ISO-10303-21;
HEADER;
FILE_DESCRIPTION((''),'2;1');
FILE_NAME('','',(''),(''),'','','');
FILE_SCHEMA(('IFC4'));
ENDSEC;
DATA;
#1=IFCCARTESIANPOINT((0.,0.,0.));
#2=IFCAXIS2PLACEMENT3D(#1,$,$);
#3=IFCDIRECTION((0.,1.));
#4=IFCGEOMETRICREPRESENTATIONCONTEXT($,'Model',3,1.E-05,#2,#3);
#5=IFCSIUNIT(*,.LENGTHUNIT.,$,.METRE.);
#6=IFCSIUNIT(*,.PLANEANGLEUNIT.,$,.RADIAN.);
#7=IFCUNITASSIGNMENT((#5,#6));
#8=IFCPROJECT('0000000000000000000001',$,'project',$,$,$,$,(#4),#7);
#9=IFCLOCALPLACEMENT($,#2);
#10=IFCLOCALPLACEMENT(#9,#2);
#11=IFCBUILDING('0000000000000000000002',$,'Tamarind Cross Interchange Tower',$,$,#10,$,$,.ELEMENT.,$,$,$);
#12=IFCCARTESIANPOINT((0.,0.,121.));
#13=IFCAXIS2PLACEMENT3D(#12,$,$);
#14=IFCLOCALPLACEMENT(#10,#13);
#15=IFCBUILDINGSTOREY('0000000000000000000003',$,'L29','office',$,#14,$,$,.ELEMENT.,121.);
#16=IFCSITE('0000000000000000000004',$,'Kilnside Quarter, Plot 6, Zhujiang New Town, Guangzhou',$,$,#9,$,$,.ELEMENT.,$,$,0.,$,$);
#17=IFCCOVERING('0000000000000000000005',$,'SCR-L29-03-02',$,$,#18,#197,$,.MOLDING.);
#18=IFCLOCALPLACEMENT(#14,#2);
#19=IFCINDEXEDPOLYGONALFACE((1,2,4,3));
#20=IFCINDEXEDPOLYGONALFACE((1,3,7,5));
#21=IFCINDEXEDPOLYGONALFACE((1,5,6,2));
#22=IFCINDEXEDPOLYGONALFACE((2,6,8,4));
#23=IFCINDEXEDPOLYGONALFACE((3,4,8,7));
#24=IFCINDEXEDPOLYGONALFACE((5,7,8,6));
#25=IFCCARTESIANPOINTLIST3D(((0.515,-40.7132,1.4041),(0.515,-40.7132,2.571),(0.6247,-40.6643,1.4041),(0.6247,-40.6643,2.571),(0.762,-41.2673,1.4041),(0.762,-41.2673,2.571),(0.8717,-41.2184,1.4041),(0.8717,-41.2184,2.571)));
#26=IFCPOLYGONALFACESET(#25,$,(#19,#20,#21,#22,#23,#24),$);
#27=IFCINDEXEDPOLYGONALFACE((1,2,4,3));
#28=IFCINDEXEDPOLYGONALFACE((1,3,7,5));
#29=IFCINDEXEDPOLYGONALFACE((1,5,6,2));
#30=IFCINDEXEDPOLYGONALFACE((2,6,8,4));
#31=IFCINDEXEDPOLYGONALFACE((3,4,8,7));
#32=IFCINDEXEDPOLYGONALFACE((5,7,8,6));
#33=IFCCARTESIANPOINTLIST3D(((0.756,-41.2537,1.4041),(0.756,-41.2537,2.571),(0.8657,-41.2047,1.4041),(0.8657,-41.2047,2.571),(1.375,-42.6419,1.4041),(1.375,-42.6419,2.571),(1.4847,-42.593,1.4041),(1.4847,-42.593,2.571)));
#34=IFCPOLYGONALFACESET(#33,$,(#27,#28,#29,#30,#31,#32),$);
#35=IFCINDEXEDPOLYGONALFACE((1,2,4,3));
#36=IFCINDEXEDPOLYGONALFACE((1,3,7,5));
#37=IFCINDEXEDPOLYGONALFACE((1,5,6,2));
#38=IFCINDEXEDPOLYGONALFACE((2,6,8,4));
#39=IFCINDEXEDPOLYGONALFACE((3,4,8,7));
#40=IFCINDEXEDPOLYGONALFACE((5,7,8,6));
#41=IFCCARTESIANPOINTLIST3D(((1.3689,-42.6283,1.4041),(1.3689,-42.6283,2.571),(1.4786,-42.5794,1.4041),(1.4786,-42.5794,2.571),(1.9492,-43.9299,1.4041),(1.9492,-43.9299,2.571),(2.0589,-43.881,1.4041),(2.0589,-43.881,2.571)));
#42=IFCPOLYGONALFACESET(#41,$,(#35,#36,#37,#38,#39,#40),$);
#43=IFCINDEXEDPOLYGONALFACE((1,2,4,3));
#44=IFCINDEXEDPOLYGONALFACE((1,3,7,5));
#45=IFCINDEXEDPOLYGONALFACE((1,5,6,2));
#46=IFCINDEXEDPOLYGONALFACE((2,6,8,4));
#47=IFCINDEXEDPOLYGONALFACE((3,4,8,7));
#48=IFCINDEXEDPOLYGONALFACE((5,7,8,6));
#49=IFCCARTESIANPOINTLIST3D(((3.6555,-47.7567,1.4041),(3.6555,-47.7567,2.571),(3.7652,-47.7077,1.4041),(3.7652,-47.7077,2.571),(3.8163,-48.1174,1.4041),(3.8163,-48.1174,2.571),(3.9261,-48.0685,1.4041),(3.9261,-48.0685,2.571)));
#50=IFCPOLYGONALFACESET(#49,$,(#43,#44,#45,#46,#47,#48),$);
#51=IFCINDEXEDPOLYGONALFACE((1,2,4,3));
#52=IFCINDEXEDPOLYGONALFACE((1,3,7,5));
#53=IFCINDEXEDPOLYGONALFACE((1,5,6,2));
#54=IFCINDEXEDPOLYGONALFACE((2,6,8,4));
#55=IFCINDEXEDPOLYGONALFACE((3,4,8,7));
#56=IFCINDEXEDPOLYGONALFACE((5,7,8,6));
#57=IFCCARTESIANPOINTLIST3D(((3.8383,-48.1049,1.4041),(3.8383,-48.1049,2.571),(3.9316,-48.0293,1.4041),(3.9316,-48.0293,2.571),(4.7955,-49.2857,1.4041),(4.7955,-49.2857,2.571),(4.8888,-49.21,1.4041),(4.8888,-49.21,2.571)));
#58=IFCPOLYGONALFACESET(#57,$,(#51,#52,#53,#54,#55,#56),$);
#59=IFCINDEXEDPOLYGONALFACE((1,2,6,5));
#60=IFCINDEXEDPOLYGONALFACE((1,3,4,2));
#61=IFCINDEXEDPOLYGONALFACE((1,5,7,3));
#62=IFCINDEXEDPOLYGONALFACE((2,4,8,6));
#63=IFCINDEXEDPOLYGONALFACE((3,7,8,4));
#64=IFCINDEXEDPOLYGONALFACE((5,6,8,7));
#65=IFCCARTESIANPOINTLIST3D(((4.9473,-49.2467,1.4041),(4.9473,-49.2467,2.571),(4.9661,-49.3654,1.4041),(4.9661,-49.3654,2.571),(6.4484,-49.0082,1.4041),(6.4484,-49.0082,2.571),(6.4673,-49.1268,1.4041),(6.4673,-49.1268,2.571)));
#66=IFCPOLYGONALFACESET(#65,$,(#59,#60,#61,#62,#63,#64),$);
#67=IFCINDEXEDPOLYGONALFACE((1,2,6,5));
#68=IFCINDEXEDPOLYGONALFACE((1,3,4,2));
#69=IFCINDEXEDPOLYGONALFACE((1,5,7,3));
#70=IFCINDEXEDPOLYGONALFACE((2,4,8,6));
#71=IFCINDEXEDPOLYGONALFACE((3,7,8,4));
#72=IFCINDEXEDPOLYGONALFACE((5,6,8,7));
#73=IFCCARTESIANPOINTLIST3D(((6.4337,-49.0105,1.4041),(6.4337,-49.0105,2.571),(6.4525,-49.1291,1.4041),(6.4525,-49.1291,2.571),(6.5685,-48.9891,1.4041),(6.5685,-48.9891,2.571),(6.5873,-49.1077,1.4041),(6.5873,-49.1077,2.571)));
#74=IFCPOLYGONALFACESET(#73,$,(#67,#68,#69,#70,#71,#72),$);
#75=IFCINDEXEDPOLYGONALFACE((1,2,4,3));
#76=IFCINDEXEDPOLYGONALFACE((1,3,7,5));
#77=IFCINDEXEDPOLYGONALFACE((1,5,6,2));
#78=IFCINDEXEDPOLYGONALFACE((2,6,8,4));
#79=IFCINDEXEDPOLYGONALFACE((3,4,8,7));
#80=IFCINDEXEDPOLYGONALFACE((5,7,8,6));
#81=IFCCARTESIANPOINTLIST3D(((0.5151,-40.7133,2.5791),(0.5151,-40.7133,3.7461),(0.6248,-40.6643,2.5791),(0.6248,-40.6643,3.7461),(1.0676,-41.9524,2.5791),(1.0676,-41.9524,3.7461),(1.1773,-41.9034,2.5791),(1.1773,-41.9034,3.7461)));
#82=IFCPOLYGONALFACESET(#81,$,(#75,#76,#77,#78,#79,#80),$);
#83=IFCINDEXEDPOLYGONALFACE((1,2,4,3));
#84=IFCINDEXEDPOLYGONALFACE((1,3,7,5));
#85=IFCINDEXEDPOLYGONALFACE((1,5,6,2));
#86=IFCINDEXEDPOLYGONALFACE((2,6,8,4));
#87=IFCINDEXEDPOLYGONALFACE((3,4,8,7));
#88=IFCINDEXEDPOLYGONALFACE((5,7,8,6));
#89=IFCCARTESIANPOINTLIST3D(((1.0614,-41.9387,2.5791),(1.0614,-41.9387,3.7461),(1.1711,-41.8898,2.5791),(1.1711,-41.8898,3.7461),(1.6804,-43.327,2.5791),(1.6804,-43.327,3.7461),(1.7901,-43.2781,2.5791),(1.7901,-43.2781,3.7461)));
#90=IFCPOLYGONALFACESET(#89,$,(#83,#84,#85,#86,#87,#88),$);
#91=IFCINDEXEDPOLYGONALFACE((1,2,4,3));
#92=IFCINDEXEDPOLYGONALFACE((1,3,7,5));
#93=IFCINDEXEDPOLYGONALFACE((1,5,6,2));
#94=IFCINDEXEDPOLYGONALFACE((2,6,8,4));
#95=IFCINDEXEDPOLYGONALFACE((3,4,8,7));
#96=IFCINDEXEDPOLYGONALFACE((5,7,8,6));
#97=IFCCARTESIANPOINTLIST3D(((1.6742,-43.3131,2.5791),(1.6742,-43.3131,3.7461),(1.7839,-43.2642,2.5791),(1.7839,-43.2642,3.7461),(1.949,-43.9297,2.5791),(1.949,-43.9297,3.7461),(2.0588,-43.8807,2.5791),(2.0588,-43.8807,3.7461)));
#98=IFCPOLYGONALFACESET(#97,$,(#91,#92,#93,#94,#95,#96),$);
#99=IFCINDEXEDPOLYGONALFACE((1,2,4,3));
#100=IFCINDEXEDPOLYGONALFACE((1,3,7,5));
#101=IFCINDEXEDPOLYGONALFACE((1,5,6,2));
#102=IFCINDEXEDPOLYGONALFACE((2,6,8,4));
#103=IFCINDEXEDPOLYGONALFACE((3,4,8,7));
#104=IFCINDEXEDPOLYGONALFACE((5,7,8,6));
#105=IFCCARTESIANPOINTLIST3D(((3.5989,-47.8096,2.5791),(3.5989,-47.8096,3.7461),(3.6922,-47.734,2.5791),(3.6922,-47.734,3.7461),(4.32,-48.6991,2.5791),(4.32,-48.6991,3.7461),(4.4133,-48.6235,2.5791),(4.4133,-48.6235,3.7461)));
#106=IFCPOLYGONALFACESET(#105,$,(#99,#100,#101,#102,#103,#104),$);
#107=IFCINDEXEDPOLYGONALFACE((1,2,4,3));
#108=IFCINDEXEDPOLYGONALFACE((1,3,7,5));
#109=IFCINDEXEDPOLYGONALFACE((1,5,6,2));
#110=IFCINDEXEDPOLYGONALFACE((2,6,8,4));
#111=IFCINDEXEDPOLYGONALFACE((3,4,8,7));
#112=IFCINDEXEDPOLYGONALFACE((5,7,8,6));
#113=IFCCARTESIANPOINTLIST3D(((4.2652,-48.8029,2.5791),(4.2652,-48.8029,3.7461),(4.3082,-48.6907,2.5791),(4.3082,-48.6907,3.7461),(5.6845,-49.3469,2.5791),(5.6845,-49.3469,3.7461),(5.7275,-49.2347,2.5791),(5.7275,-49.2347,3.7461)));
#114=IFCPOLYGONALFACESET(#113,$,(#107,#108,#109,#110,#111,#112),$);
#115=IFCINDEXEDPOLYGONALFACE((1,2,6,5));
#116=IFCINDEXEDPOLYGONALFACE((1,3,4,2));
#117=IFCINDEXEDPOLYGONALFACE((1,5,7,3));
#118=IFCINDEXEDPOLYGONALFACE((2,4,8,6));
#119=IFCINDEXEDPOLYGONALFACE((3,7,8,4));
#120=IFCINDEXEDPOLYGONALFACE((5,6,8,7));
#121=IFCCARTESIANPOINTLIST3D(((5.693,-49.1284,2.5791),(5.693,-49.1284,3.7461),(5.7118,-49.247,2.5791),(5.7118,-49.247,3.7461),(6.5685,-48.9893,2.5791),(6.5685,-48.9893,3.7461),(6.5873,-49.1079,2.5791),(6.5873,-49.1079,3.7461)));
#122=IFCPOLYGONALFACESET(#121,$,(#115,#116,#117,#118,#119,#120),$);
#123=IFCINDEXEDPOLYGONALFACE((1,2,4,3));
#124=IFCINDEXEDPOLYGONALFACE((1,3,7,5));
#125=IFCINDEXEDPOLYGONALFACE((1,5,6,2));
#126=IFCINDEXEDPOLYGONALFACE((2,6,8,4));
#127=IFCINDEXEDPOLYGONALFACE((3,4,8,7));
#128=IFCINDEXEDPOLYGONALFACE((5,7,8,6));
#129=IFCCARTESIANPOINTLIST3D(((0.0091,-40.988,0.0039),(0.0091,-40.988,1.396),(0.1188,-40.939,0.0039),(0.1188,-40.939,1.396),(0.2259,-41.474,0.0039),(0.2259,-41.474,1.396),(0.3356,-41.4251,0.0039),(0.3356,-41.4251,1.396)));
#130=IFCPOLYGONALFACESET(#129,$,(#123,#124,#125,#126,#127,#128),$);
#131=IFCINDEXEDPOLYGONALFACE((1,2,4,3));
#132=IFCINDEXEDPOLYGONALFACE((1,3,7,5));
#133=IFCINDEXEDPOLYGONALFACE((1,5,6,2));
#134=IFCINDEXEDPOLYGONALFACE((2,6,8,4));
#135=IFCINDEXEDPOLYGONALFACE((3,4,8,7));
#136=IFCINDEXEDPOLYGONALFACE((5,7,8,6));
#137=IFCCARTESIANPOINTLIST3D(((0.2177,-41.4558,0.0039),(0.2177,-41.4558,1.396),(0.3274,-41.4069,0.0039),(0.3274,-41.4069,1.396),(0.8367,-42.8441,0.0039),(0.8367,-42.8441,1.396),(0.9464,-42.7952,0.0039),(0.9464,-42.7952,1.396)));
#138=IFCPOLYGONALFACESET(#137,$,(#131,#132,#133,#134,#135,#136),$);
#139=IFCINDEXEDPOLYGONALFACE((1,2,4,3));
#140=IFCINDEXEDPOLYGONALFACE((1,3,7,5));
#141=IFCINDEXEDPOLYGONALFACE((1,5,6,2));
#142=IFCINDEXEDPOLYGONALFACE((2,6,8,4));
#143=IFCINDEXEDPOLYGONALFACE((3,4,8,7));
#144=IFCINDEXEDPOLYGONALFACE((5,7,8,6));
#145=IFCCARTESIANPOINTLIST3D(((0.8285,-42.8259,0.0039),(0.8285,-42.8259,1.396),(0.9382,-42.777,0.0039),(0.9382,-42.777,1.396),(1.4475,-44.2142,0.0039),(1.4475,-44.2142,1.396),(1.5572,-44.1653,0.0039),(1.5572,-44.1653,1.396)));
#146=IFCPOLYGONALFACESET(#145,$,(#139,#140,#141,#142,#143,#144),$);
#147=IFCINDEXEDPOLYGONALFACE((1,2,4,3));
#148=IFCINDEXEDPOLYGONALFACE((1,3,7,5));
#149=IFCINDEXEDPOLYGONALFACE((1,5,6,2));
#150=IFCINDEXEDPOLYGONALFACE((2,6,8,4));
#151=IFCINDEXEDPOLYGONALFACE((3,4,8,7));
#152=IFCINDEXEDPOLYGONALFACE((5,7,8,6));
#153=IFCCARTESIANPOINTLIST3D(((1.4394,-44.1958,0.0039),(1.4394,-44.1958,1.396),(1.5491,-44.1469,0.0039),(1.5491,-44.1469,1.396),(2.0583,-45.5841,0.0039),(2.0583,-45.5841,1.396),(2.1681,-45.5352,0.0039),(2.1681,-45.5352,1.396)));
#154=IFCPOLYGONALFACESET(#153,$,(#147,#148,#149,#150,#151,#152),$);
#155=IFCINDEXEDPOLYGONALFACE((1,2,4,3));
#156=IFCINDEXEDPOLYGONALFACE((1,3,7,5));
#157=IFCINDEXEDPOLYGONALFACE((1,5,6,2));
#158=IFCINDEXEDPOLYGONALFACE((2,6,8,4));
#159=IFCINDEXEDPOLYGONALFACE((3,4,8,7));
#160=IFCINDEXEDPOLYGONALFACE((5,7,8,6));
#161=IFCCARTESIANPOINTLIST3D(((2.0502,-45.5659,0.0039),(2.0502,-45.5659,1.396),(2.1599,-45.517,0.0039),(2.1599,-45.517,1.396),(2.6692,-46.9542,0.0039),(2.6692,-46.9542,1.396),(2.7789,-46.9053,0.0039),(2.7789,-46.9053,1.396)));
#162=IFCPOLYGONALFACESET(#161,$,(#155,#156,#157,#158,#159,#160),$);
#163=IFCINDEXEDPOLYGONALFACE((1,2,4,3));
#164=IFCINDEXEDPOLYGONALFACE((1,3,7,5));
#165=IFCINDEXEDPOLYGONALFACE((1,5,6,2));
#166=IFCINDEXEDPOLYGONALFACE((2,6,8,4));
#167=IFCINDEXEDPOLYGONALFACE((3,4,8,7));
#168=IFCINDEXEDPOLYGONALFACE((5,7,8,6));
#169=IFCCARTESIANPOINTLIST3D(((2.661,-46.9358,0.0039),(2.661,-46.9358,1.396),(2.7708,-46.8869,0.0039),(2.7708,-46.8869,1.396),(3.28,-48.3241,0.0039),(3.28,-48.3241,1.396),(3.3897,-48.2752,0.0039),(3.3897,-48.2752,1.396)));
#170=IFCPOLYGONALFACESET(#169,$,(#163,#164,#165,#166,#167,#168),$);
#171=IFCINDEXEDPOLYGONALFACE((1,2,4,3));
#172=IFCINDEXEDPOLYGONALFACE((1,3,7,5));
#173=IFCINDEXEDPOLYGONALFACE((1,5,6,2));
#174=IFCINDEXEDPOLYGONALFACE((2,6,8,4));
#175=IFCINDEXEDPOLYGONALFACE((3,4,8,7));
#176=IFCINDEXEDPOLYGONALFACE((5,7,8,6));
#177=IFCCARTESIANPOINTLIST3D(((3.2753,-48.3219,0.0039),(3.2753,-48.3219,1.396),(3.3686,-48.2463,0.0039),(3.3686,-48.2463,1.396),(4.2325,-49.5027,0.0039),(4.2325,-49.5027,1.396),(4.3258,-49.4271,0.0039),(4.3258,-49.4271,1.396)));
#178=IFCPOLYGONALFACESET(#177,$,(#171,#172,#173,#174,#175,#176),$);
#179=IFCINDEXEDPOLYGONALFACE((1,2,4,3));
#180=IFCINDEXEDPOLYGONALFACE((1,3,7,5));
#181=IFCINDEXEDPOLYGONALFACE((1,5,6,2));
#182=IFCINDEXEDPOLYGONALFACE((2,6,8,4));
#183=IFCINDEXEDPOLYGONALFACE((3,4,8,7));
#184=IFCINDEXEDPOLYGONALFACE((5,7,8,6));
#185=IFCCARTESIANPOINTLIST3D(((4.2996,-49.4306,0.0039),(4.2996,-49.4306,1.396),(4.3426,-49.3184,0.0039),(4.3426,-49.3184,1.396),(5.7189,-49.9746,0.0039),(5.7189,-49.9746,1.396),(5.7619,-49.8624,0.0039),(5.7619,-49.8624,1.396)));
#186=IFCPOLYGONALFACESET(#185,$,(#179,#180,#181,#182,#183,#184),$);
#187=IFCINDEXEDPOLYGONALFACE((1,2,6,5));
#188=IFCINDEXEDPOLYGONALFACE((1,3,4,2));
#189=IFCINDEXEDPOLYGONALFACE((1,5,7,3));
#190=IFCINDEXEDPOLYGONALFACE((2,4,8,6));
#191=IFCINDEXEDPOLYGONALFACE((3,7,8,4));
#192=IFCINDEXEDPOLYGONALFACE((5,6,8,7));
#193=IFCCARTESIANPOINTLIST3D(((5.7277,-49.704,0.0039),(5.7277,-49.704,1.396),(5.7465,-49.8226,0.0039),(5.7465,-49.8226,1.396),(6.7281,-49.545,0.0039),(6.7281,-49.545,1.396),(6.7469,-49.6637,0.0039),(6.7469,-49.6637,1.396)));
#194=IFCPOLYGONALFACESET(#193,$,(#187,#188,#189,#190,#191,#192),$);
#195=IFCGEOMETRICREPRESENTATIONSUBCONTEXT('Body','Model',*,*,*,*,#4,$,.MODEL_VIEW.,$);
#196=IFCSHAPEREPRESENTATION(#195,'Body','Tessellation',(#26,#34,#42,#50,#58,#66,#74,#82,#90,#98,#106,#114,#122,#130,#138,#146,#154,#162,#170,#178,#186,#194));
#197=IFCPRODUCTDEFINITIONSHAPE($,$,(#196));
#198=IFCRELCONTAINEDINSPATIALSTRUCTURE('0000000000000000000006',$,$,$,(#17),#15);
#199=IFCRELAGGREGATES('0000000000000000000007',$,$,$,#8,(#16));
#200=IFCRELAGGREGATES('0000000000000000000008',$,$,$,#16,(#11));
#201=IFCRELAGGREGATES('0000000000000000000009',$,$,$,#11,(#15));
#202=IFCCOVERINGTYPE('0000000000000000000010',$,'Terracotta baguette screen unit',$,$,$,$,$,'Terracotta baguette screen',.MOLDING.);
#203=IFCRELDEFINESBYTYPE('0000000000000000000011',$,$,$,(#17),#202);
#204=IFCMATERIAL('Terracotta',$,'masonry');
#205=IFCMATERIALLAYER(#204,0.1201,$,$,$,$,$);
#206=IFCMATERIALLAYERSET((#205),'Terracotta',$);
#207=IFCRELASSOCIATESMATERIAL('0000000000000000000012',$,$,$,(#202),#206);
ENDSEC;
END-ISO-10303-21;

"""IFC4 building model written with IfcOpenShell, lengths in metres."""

from ifc_helpers import new_model, si_unit, direction, frame, origin, origin_2d, place, context, subcontext, project, spatial, rectangle, extrude, material, layer, layer_set, type_object, element, save


model = new_model("IFC4")

# Units and contexts
model_context = context("Model", 3, precision=1e-05, world=origin(), true_north=direction((0.0, 1.0)))
body_context = subcontext(model_context, "Body", "Model", "MODEL_VIEW")
ifc_project = project(units=[si_unit("LENGTHUNIT", "METRE"), si_unit("PLANEANGLEUNIT", "RADIAN")], contexts=[model_context])

# Site, building, storey
site_placement = place(None, origin())
site = spatial("IfcSite", under=ifc_project, at=site_placement, Name="Kilnside Quarter, Plot 6, Zhujiang New Town, Guangzhou", CompositionType="ELEMENT", RefElevation=0.0)
building_placement = place(site_placement, origin())
building = spatial("IfcBuilding", under=site, at=building_placement, Name="Tamarind Cross Interchange Tower", CompositionType="ELEMENT")
storey_placement = place(building_placement, frame((0.0, 0.0, 121.0)))
storey = spatial("IfcBuildingStorey", under=building, at=storey_placement, Name="L29", Description="office", CompositionType="ELEMENT", Elevation=121.0)

# Covering
ifc_material_1 = material(Name="Terracotta", Category="masonry")
ifc_layer_1 = layer(ifc_material_1, 0.1201)
ifc_layer_set_1 = layer_set([ifc_layer_1], Name="Terracotta")
covering_type = type_object("IfcCoveringType", Name="Terracotta baguette screen unit", ElementType="Terracotta baguette screen", PredefinedType="MOLDING", material=ifc_layer_set_1)
covering_1_placement = place(storey_placement, origin())
element("IfcCovering", 1, at=covering_1_placement, inside=storey, type_object=covering_type, Name="SCR-L29-03-02", PredefinedType="MOLDING", context=body_context, shape_type="SweptSolid", body=[
    extrude(rectangle(XDim=0.6067, YDim=0.1201, at=origin_2d()), frame((0.6934, -40.9658, 1.4041), z_axis=(0.0, 0.0, 1.0), x_axis=(0.407221, -0.91333, 0.0)), (0.0, 0.0, 1.0), 1.167),
    extrude(rectangle(XDim=1.52, YDim=0.1201, at=origin_2d()), frame((1.1204, -41.9233, 1.4041), z_axis=(0.0, 0.0, 1.0), x_axis=(0.407221, -0.91333, 0.0)), (0.0, 0.0, 1.0), 1.167),
    extrude(rectangle(XDim=1.425, YDim=0.1201, at=origin_2d()), frame((1.7139, -43.2546, 1.4041), z_axis=(0.0, 0.0, 1.0), x_axis=(0.407221, -0.91333, 0.0)), (0.0, 0.0, 1.0), 1.167),
    extrude(rectangle(XDim=0.395, YDim=0.1201, at=origin_2d()), frame((3.7908, -47.9126, 1.4041), z_axis=(0.0, 0.0, 1.0), x_axis=(0.407221, -0.91333, 0.0)), (0.0, 0.0, 1.0), 1.167),
    extrude(rectangle(XDim=1.52, YDim=0.1201, at=origin_2d()), frame((4.3635, -48.6575, 1.4041), z_axis=(0.0, 0.0, 1.0), x_axis=(0.629733, -0.776812, 0.0)), (0.0, 0.0, 1.0), 1.167),
    extrude(rectangle(XDim=1.52, YDim=0.1201, at=origin_2d()), frame((5.7073, -49.1868, 1.4041), z_axis=(0.0, 0.0, 1.0), x_axis=(0.987605, 0.156958, 0.0)), (0.0, 0.0, 1.0), 1.167),
    extrude(rectangle(XDim=0.1365, YDim=0.1201, at=origin_2d()), frame((6.5105, -49.0591, 1.4041), z_axis=(0.0, 0.0, 1.0), x_axis=(0.987605, 0.156958, 0.0)), (0.0, 0.0, 1.0), 1.167),
    extrude(rectangle(XDim=1.3567, YDim=0.1201, at=origin_2d()), frame((0.8462, -41.3083, 2.5791), z_axis=(0.0, 0.0, 1.0), x_axis=(0.407221, -0.91333, 0.0)), (0.0, 0.0, 1.0), 1.167),
    extrude(rectangle(XDim=1.52, YDim=0.1201, at=origin_2d()), frame((1.4258, -42.6084, 2.5791), z_axis=(0.0, 0.0, 1.0), x_axis=(0.407221, -0.91333, 0.0)), (0.0, 0.0, 1.0), 1.167),
    extrude(rectangle(XDim=0.675, YDim=0.1201, at=origin_2d()), frame((1.8665, -43.5969, 2.5791), z_axis=(0.0, 0.0, 1.0), x_axis=(0.407221, -0.91333, 0.0)), (0.0, 0.0, 1.0), 1.167),
    extrude(rectangle(XDim=1.145, YDim=0.1201, at=origin_2d()), frame((4.0061, -48.2166, 2.5791), z_axis=(0.0, 0.0, 1.0), x_axis=(0.629733, -0.776812, 0.0)), (0.0, 0.0, 1.0), 1.167),
    extrude(rectangle(XDim=1.52, YDim=0.1201, at=origin_2d()), frame((4.9963, -49.0188, 2.5791), z_axis=(0.0, 0.0, 1.0), x_axis=(0.93377, -0.357873, 0.0)), (0.0, 0.0, 1.0), 1.167),
    extrude(rectangle(XDim=0.8865, YDim=0.1201, at=origin_2d()), frame((6.1401, -49.1182, 2.5791), z_axis=(0.0, 0.0, 1.0), x_axis=(0.987605, 0.156958, 0.0)), (0.0, 0.0, 1.0), 1.167),
    extrude(rectangle(XDim=0.5322, YDim=0.1201, at=origin_2d()), frame((0.1724, -41.2065, 0.0039), z_axis=(0.0, 0.0, 1.0), x_axis=(0.407221, -0.91333, 0.0)), (0.0, 0.0, 1.0), 1.3921),
    extrude(rectangle(XDim=1.52, YDim=0.1201, at=origin_2d()), frame((0.582, -42.1255, 0.0039), z_axis=(0.0, 0.0, 1.0), x_axis=(0.407221, -0.91333, 0.0)), (0.0, 0.0, 1.0), 1.3921),
    extrude(rectangle(XDim=1.52, YDim=0.1201, at=origin_2d()), frame((1.1929, -43.4956, 0.0039), z_axis=(0.0, 0.0, 1.0), x_axis=(0.407221, -0.91333, 0.0)), (0.0, 0.0, 1.0), 1.3921),
    extrude(rectangle(XDim=1.52, YDim=0.1201, at=origin_2d()), frame((1.8037, -44.8655, 0.0039), z_axis=(0.0, 0.0, 1.0), x_axis=(0.407221, -0.91333, 0.0)), (0.0, 0.0, 1.0), 1.3921),
    extrude(rectangle(XDim=1.52, YDim=0.1201, at=origin_2d()), frame((2.4146, -46.2356, 0.0039), z_axis=(0.0, 0.0, 1.0), x_axis=(0.407221, -0.91333, 0.0)), (0.0, 0.0, 1.0), 1.3921),
    extrude(rectangle(XDim=1.52, YDim=0.1201, at=origin_2d()), frame((3.0254, -47.6055, 0.0039), z_axis=(0.0, 0.0, 1.0), x_axis=(0.407221, -0.91333, 0.0)), (0.0, 0.0, 1.0), 1.3921),
    extrude(rectangle(XDim=1.52, YDim=0.1201, at=origin_2d()), frame((3.8005, -48.8745, 0.0039), z_axis=(0.0, 0.0, 1.0), x_axis=(0.629733, -0.776812, 0.0)), (0.0, 0.0, 1.0), 1.3921),
    extrude(rectangle(XDim=1.52, YDim=0.1201, at=origin_2d()), frame((5.0308, -49.6465, 0.0039), z_axis=(0.0, 0.0, 1.0), x_axis=(0.93377, -0.357873, 0.0)), (0.0, 0.0, 1.0), 1.3921),
    extrude(rectangle(XDim=1.0129, YDim=0.1201, at=origin_2d()), frame((6.2373, -49.6838, 0.0039), z_axis=(0.0, 0.0, 1.0), x_axis=(0.987605, 0.156958, 0.0)), (0.0, 0.0, 1.0), 1.3921),
])

save(model, "model.ifc")
